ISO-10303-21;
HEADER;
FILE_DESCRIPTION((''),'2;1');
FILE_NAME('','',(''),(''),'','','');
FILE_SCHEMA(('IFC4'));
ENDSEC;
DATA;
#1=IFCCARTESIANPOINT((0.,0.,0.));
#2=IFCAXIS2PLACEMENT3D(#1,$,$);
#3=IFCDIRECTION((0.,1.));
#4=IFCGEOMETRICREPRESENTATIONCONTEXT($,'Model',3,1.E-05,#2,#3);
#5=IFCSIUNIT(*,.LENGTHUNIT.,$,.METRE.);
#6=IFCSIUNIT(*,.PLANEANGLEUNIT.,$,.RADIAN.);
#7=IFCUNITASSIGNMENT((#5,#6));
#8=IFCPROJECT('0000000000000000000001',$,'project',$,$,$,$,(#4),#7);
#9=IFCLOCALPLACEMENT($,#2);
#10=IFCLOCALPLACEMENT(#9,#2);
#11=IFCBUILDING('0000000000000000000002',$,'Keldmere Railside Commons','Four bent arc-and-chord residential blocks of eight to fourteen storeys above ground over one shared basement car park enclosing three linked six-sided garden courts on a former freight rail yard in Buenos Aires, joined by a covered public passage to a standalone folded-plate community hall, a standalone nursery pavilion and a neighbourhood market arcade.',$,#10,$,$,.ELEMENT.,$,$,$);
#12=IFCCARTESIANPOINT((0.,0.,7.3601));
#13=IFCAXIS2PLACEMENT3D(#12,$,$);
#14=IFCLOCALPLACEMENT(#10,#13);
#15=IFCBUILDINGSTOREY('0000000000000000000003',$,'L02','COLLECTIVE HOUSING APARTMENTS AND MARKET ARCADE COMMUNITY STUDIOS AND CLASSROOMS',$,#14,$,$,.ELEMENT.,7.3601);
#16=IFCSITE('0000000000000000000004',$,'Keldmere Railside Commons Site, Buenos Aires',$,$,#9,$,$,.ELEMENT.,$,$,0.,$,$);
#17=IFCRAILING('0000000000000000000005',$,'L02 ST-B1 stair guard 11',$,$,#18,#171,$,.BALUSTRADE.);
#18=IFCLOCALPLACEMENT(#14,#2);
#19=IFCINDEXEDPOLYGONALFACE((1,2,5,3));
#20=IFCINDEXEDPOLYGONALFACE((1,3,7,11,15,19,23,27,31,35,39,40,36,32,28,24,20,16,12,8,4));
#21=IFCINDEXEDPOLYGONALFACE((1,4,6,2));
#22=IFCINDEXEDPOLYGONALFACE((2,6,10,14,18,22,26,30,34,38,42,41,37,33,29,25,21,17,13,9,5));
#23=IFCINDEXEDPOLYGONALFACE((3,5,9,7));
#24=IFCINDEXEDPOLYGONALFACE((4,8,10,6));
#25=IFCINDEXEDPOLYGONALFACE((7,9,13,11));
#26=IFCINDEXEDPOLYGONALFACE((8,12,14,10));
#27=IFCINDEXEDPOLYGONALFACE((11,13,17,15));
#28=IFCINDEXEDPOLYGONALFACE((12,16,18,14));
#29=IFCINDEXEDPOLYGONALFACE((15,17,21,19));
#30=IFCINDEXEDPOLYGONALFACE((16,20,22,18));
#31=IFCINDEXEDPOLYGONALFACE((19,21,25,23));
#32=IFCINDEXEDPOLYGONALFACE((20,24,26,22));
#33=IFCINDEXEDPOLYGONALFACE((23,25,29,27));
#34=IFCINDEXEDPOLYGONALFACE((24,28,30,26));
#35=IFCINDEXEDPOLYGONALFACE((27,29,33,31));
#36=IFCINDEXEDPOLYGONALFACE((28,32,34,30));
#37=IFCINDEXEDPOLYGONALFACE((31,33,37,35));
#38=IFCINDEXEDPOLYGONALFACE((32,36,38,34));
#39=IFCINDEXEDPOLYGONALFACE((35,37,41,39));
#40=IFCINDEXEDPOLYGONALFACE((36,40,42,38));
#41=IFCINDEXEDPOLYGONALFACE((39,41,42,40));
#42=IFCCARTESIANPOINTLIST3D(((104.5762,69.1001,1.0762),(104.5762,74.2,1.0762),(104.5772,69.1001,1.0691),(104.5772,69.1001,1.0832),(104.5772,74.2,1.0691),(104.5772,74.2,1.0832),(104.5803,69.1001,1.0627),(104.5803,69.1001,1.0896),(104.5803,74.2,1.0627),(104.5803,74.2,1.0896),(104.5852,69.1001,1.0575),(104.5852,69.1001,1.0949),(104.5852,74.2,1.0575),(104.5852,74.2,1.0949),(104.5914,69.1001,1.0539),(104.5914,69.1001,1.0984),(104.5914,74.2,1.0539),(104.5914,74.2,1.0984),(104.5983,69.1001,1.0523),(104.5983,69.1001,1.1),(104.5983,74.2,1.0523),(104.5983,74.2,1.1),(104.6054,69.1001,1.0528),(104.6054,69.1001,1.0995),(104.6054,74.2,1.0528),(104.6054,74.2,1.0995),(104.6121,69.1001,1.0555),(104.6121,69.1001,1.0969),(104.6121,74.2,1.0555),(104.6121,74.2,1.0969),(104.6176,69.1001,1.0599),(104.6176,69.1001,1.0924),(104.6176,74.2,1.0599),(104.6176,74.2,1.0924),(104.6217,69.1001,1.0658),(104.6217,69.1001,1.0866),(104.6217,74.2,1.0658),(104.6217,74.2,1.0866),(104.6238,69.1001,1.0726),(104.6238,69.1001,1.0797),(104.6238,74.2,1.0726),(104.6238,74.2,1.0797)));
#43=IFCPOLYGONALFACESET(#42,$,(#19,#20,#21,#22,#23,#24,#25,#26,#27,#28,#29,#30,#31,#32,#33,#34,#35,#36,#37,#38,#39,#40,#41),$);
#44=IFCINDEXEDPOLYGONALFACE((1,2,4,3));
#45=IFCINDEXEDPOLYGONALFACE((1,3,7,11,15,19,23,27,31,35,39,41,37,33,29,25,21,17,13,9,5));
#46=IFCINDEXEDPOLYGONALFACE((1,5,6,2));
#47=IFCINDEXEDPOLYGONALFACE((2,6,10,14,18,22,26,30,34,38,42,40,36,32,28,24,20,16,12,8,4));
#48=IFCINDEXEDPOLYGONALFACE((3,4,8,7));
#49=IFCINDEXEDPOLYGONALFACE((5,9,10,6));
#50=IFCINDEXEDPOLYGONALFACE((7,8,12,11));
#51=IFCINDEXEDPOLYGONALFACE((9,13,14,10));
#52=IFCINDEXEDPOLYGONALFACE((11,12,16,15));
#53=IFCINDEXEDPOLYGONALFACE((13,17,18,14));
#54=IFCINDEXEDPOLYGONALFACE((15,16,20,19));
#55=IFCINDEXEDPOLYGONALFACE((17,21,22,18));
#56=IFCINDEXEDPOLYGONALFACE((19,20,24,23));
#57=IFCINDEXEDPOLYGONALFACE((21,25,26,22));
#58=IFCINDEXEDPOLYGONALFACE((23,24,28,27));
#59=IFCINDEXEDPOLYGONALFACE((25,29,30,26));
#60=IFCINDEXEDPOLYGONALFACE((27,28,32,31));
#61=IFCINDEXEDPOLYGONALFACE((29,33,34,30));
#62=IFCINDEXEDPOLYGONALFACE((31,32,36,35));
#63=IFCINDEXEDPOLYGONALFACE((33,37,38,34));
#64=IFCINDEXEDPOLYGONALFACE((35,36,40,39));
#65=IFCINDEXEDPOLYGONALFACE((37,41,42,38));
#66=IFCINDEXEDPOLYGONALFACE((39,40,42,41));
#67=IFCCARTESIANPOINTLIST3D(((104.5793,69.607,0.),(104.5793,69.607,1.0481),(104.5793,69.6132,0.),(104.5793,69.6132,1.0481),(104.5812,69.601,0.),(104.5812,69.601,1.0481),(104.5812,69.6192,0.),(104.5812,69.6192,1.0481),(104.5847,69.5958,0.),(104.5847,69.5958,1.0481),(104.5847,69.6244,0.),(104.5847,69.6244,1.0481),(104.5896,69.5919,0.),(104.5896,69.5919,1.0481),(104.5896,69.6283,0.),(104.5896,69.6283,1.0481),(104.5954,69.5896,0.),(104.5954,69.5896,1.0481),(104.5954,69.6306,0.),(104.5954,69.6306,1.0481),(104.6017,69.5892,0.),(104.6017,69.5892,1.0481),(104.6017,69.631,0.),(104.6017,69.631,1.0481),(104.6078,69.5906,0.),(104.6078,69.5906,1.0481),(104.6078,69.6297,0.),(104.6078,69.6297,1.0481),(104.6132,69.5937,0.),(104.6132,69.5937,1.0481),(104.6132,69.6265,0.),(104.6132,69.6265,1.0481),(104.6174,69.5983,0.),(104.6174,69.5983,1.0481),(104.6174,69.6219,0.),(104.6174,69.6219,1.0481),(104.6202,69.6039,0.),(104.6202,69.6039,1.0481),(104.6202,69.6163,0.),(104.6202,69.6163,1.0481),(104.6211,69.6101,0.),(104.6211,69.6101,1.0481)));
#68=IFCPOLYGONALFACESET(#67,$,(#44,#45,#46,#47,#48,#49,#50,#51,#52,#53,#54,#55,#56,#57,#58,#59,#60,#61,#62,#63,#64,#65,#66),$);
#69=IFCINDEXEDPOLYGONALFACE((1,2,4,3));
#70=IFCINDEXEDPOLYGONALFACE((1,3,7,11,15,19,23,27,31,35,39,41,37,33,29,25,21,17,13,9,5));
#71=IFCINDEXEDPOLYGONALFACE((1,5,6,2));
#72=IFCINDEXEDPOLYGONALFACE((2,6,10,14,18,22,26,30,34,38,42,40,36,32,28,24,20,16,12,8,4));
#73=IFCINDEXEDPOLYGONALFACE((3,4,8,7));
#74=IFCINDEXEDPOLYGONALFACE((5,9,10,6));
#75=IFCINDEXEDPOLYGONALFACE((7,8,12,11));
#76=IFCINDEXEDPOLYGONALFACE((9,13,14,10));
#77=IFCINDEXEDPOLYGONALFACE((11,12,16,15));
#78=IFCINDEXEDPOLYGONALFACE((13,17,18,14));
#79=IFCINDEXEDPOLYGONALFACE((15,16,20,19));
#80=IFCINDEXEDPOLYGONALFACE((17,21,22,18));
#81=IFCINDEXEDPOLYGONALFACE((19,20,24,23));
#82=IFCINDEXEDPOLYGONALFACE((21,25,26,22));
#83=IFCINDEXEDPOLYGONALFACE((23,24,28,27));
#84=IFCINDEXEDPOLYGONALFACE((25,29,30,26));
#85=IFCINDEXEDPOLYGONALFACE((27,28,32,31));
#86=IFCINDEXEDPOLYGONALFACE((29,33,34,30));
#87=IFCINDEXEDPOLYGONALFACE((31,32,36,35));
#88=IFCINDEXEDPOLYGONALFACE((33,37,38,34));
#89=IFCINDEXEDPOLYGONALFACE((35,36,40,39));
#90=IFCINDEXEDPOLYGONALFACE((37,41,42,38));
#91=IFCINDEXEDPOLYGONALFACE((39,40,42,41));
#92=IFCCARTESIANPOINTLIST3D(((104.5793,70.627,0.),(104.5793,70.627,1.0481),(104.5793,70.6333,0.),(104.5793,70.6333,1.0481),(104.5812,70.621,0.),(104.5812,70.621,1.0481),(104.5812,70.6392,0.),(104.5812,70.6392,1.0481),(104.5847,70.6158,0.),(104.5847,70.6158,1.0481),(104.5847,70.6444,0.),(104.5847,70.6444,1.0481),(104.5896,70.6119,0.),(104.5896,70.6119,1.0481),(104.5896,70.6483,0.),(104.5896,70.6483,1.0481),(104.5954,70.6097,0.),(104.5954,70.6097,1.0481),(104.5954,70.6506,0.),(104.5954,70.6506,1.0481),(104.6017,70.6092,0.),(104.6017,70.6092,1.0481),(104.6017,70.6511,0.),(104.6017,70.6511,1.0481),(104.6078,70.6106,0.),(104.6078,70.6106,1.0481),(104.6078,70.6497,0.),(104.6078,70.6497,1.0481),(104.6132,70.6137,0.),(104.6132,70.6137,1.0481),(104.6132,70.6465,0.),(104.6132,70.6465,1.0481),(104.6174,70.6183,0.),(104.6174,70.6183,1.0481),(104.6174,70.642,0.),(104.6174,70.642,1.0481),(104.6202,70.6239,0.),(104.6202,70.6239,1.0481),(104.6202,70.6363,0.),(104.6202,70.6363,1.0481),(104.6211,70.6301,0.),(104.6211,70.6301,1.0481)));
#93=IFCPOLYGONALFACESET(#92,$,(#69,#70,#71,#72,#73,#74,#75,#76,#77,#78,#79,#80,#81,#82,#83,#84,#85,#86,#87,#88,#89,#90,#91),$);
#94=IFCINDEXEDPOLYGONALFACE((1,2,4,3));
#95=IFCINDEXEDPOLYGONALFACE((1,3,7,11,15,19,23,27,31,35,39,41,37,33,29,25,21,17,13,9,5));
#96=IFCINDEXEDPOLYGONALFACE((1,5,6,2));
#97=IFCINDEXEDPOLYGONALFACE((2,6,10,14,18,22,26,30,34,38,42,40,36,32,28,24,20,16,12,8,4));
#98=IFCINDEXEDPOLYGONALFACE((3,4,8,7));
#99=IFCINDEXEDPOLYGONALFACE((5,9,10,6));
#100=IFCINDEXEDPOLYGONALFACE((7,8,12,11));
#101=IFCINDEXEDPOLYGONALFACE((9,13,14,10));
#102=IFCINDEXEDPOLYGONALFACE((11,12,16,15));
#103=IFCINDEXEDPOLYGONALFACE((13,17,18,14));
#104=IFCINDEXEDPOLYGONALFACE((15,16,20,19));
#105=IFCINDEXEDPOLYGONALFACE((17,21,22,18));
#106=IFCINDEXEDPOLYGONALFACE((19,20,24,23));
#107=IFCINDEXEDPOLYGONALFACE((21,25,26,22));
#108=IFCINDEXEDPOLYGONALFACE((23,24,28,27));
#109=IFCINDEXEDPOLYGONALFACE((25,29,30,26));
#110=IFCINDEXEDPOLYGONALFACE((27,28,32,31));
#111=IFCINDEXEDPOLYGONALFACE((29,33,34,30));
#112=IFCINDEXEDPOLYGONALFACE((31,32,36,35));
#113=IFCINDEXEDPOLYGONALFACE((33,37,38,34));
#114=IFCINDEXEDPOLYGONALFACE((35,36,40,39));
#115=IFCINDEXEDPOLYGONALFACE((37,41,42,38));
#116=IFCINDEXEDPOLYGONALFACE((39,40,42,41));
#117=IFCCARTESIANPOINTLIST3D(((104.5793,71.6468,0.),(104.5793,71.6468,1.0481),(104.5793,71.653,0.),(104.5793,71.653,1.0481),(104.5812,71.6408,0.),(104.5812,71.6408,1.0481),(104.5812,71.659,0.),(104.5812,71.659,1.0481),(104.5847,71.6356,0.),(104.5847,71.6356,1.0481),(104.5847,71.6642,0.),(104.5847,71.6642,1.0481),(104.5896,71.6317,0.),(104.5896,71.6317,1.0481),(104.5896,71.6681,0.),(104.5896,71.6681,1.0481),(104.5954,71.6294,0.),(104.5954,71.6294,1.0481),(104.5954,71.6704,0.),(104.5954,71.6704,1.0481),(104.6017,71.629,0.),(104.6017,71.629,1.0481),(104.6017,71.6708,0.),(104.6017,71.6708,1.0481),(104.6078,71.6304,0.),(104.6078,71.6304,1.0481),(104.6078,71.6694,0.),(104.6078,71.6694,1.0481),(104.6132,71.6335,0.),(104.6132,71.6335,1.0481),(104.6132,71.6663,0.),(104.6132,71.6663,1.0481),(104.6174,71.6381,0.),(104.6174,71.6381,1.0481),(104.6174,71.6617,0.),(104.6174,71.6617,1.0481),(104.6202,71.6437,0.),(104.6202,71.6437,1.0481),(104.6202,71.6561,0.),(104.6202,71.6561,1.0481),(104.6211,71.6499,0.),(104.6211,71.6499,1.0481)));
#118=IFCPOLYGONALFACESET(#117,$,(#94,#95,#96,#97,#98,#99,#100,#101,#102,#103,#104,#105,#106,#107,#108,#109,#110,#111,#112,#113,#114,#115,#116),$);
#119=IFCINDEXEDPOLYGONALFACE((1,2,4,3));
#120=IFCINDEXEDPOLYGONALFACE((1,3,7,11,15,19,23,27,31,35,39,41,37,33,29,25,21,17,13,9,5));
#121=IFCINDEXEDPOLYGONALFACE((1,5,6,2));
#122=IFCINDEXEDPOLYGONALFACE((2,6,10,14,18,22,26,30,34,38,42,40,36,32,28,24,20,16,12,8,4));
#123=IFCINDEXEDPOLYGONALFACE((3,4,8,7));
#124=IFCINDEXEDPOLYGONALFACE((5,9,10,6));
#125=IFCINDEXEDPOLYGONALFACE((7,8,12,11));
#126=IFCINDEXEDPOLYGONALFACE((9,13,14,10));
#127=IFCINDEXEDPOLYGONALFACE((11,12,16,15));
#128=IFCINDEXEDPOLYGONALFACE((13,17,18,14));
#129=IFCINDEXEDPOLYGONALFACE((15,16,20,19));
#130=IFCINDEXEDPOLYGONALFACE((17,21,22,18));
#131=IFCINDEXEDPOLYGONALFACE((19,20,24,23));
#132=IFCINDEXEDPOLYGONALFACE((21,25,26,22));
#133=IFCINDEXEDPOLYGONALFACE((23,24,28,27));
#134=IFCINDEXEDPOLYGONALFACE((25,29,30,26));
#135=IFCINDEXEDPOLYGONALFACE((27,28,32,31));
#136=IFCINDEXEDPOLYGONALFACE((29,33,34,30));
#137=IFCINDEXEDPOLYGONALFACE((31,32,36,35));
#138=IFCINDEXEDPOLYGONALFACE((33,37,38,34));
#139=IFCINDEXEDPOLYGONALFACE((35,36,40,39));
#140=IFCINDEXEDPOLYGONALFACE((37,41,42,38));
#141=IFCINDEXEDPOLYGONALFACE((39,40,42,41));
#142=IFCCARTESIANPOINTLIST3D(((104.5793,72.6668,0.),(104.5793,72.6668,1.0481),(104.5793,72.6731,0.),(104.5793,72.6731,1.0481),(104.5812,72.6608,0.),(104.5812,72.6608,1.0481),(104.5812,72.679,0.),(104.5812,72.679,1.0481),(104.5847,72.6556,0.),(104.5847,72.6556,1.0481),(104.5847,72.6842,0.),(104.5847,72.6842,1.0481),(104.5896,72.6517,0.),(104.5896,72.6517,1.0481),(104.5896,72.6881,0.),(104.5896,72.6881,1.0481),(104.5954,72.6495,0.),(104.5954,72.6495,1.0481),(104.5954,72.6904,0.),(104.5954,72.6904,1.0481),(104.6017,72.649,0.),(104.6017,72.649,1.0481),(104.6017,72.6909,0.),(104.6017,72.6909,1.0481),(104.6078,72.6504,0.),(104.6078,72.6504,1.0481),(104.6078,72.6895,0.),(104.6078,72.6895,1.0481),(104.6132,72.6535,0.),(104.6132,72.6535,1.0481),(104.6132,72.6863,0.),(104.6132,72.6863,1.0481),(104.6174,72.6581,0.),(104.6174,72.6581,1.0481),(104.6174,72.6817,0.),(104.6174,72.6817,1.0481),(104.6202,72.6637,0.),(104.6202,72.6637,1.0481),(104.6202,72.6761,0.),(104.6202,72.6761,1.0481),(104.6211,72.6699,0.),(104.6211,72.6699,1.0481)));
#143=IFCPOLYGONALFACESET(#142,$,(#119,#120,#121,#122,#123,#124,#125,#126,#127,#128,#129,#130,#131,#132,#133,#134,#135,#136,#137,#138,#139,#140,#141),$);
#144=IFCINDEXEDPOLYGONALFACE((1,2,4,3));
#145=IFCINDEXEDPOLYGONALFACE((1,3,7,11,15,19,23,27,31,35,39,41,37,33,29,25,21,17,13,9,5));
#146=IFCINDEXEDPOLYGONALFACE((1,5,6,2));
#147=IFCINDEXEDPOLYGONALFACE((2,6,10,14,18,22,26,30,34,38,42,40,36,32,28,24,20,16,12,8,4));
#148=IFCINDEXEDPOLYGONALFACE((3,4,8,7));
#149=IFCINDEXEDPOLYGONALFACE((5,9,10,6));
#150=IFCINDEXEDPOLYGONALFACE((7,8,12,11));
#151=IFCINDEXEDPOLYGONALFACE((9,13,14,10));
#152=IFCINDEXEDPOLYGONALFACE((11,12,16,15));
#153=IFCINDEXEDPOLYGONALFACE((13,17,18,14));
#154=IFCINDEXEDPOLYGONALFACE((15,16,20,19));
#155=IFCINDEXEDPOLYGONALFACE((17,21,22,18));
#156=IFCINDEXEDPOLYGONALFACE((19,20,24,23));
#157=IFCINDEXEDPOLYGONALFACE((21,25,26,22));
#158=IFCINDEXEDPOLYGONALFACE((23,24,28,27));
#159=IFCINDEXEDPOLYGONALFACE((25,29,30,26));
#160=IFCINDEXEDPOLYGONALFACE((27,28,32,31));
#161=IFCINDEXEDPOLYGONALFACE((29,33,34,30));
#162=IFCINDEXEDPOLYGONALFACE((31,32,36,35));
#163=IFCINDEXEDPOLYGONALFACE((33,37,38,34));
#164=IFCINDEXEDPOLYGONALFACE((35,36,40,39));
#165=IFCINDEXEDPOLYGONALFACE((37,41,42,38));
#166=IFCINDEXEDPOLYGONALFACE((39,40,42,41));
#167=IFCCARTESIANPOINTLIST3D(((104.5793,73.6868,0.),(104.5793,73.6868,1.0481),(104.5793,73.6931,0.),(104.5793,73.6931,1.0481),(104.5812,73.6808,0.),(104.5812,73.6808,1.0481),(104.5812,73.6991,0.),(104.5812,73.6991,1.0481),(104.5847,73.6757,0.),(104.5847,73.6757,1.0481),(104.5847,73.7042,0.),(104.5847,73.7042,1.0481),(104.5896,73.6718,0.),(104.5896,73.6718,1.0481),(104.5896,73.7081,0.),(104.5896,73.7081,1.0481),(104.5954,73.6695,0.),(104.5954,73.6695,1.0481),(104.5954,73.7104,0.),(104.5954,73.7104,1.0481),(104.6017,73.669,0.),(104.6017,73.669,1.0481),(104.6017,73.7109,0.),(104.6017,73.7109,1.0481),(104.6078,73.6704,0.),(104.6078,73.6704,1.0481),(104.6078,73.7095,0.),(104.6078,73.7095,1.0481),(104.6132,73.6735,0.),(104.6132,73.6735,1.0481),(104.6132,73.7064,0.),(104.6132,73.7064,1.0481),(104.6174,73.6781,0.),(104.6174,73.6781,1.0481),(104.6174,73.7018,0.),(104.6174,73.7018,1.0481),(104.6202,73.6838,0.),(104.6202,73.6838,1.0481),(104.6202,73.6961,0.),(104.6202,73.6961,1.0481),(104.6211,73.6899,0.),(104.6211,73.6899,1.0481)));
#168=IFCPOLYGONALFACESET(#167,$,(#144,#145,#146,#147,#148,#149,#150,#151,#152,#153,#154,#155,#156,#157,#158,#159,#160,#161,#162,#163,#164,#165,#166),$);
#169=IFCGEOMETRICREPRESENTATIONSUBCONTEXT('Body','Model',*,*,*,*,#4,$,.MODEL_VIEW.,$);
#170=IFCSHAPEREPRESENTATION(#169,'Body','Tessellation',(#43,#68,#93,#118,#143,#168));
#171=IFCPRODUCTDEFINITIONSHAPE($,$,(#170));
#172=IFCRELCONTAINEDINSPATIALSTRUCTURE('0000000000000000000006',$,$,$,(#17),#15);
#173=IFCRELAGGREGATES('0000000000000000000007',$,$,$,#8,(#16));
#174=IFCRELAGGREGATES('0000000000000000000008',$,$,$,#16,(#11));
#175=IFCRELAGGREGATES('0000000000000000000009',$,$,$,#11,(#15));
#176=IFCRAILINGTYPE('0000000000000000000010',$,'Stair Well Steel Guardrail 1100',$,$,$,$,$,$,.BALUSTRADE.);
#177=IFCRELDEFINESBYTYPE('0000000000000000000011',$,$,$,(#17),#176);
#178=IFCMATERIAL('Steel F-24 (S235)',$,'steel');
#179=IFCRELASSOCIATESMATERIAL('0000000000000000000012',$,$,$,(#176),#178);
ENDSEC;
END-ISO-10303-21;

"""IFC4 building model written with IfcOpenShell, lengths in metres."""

from ifc_helpers import new_model, si_unit, direction, frame, origin, origin_2d, place, context, subcontext, project, spatial, circle, extrude, material, type_object, element, save


model = new_model("IFC4")

# Units and contexts
model_context = context("Model", 3, precision=1e-05, world=origin(), true_north=direction((0.0, 1.0)))
body_context = subcontext(model_context, "Body", "Model", "MODEL_VIEW")
ifc_project = project(units=[si_unit("LENGTHUNIT", "METRE"), si_unit("PLANEANGLEUNIT", "RADIAN")], contexts=[model_context])

# Site, building, storey
site_placement = place(None, origin())
site = spatial("IfcSite", under=ifc_project, at=site_placement, Name="Keldmere Railside Commons Site, Buenos Aires", CompositionType="ELEMENT", RefElevation=0.0)
building_placement = place(site_placement, origin())
building = spatial("IfcBuilding", under=site, at=building_placement, Name="Keldmere Railside Commons", Description="Four bent arc-and-chord residential blocks of eight to fourteen storeys above ground over one shared basement car park enclosing three linked six-sided garden courts on a former freight rail yard in Buenos Aires, joined by a covered public passage to a standalone folded-plate community hall, a standalone nursery pavilion and a neighbourhood market arcade.", CompositionType="ELEMENT")
storey_placement = place(building_placement, frame((0.0, 0.0, 7.3601)))
storey = spatial("IfcBuildingStorey", under=building, at=storey_placement, Name="L02", Description="COLLECTIVE HOUSING APARTMENTS AND MARKET ARCADE COMMUNITY STUDIOS AND CLASSROOMS", CompositionType="ELEMENT", Elevation=7.3601)

# Railing
ifc_material_1 = material(Name="Steel F-24 (S235)", Category="steel")
railing_type_1 = type_object("IfcRailingType", Name="Stair Well Steel Guardrail 1100", PredefinedType="BALUSTRADE", material=ifc_material_1)
for number, where, name in (
    (1, (104.6001, 69.1001, 0.0), "L02 ST-B1 stair guard 11"),
):
    element("IfcRailing", number, at=place(storey_placement, frame(where)), inside=storey, type_object=railing_type_1, Name=name, PredefinedType="BALUSTRADE", context=body_context, shape_type="SweptSolid", body=[
        extrude(circle(Radius=0.0239, at=origin_2d()), frame((0.0, 0.0, 1.0762), z_axis=(0.0, 1.0, 0.0), x_axis=(-1.0, 0.0, 0.0)), (0.0, 0.0, 1.0), 5.0999),
        extrude(circle(Radius=0.021, at=origin_2d()), frame((0.0, 0.51, 0.0)), (0.0, 0.0, 1.0), 1.0481),
        extrude(circle(Radius=0.021, at=origin_2d()), frame((0.0, 1.53, 0.0)), (0.0, 0.0, 1.0), 1.0481),
        extrude(circle(Radius=0.021, at=origin_2d()), frame((0.0, 2.5498, 0.0)), (0.0, 0.0, 1.0), 1.0481),
        extrude(circle(Radius=0.021, at=origin_2d()), frame((0.0, 3.5698, 0.0)), (0.0, 0.0, 1.0), 1.0481),
        extrude(circle(Radius=0.021, at=origin_2d()), frame((0.0, 4.5898, 0.0)), (0.0, 0.0, 1.0), 1.0481),
    ])

save(model, "model.ifc")
